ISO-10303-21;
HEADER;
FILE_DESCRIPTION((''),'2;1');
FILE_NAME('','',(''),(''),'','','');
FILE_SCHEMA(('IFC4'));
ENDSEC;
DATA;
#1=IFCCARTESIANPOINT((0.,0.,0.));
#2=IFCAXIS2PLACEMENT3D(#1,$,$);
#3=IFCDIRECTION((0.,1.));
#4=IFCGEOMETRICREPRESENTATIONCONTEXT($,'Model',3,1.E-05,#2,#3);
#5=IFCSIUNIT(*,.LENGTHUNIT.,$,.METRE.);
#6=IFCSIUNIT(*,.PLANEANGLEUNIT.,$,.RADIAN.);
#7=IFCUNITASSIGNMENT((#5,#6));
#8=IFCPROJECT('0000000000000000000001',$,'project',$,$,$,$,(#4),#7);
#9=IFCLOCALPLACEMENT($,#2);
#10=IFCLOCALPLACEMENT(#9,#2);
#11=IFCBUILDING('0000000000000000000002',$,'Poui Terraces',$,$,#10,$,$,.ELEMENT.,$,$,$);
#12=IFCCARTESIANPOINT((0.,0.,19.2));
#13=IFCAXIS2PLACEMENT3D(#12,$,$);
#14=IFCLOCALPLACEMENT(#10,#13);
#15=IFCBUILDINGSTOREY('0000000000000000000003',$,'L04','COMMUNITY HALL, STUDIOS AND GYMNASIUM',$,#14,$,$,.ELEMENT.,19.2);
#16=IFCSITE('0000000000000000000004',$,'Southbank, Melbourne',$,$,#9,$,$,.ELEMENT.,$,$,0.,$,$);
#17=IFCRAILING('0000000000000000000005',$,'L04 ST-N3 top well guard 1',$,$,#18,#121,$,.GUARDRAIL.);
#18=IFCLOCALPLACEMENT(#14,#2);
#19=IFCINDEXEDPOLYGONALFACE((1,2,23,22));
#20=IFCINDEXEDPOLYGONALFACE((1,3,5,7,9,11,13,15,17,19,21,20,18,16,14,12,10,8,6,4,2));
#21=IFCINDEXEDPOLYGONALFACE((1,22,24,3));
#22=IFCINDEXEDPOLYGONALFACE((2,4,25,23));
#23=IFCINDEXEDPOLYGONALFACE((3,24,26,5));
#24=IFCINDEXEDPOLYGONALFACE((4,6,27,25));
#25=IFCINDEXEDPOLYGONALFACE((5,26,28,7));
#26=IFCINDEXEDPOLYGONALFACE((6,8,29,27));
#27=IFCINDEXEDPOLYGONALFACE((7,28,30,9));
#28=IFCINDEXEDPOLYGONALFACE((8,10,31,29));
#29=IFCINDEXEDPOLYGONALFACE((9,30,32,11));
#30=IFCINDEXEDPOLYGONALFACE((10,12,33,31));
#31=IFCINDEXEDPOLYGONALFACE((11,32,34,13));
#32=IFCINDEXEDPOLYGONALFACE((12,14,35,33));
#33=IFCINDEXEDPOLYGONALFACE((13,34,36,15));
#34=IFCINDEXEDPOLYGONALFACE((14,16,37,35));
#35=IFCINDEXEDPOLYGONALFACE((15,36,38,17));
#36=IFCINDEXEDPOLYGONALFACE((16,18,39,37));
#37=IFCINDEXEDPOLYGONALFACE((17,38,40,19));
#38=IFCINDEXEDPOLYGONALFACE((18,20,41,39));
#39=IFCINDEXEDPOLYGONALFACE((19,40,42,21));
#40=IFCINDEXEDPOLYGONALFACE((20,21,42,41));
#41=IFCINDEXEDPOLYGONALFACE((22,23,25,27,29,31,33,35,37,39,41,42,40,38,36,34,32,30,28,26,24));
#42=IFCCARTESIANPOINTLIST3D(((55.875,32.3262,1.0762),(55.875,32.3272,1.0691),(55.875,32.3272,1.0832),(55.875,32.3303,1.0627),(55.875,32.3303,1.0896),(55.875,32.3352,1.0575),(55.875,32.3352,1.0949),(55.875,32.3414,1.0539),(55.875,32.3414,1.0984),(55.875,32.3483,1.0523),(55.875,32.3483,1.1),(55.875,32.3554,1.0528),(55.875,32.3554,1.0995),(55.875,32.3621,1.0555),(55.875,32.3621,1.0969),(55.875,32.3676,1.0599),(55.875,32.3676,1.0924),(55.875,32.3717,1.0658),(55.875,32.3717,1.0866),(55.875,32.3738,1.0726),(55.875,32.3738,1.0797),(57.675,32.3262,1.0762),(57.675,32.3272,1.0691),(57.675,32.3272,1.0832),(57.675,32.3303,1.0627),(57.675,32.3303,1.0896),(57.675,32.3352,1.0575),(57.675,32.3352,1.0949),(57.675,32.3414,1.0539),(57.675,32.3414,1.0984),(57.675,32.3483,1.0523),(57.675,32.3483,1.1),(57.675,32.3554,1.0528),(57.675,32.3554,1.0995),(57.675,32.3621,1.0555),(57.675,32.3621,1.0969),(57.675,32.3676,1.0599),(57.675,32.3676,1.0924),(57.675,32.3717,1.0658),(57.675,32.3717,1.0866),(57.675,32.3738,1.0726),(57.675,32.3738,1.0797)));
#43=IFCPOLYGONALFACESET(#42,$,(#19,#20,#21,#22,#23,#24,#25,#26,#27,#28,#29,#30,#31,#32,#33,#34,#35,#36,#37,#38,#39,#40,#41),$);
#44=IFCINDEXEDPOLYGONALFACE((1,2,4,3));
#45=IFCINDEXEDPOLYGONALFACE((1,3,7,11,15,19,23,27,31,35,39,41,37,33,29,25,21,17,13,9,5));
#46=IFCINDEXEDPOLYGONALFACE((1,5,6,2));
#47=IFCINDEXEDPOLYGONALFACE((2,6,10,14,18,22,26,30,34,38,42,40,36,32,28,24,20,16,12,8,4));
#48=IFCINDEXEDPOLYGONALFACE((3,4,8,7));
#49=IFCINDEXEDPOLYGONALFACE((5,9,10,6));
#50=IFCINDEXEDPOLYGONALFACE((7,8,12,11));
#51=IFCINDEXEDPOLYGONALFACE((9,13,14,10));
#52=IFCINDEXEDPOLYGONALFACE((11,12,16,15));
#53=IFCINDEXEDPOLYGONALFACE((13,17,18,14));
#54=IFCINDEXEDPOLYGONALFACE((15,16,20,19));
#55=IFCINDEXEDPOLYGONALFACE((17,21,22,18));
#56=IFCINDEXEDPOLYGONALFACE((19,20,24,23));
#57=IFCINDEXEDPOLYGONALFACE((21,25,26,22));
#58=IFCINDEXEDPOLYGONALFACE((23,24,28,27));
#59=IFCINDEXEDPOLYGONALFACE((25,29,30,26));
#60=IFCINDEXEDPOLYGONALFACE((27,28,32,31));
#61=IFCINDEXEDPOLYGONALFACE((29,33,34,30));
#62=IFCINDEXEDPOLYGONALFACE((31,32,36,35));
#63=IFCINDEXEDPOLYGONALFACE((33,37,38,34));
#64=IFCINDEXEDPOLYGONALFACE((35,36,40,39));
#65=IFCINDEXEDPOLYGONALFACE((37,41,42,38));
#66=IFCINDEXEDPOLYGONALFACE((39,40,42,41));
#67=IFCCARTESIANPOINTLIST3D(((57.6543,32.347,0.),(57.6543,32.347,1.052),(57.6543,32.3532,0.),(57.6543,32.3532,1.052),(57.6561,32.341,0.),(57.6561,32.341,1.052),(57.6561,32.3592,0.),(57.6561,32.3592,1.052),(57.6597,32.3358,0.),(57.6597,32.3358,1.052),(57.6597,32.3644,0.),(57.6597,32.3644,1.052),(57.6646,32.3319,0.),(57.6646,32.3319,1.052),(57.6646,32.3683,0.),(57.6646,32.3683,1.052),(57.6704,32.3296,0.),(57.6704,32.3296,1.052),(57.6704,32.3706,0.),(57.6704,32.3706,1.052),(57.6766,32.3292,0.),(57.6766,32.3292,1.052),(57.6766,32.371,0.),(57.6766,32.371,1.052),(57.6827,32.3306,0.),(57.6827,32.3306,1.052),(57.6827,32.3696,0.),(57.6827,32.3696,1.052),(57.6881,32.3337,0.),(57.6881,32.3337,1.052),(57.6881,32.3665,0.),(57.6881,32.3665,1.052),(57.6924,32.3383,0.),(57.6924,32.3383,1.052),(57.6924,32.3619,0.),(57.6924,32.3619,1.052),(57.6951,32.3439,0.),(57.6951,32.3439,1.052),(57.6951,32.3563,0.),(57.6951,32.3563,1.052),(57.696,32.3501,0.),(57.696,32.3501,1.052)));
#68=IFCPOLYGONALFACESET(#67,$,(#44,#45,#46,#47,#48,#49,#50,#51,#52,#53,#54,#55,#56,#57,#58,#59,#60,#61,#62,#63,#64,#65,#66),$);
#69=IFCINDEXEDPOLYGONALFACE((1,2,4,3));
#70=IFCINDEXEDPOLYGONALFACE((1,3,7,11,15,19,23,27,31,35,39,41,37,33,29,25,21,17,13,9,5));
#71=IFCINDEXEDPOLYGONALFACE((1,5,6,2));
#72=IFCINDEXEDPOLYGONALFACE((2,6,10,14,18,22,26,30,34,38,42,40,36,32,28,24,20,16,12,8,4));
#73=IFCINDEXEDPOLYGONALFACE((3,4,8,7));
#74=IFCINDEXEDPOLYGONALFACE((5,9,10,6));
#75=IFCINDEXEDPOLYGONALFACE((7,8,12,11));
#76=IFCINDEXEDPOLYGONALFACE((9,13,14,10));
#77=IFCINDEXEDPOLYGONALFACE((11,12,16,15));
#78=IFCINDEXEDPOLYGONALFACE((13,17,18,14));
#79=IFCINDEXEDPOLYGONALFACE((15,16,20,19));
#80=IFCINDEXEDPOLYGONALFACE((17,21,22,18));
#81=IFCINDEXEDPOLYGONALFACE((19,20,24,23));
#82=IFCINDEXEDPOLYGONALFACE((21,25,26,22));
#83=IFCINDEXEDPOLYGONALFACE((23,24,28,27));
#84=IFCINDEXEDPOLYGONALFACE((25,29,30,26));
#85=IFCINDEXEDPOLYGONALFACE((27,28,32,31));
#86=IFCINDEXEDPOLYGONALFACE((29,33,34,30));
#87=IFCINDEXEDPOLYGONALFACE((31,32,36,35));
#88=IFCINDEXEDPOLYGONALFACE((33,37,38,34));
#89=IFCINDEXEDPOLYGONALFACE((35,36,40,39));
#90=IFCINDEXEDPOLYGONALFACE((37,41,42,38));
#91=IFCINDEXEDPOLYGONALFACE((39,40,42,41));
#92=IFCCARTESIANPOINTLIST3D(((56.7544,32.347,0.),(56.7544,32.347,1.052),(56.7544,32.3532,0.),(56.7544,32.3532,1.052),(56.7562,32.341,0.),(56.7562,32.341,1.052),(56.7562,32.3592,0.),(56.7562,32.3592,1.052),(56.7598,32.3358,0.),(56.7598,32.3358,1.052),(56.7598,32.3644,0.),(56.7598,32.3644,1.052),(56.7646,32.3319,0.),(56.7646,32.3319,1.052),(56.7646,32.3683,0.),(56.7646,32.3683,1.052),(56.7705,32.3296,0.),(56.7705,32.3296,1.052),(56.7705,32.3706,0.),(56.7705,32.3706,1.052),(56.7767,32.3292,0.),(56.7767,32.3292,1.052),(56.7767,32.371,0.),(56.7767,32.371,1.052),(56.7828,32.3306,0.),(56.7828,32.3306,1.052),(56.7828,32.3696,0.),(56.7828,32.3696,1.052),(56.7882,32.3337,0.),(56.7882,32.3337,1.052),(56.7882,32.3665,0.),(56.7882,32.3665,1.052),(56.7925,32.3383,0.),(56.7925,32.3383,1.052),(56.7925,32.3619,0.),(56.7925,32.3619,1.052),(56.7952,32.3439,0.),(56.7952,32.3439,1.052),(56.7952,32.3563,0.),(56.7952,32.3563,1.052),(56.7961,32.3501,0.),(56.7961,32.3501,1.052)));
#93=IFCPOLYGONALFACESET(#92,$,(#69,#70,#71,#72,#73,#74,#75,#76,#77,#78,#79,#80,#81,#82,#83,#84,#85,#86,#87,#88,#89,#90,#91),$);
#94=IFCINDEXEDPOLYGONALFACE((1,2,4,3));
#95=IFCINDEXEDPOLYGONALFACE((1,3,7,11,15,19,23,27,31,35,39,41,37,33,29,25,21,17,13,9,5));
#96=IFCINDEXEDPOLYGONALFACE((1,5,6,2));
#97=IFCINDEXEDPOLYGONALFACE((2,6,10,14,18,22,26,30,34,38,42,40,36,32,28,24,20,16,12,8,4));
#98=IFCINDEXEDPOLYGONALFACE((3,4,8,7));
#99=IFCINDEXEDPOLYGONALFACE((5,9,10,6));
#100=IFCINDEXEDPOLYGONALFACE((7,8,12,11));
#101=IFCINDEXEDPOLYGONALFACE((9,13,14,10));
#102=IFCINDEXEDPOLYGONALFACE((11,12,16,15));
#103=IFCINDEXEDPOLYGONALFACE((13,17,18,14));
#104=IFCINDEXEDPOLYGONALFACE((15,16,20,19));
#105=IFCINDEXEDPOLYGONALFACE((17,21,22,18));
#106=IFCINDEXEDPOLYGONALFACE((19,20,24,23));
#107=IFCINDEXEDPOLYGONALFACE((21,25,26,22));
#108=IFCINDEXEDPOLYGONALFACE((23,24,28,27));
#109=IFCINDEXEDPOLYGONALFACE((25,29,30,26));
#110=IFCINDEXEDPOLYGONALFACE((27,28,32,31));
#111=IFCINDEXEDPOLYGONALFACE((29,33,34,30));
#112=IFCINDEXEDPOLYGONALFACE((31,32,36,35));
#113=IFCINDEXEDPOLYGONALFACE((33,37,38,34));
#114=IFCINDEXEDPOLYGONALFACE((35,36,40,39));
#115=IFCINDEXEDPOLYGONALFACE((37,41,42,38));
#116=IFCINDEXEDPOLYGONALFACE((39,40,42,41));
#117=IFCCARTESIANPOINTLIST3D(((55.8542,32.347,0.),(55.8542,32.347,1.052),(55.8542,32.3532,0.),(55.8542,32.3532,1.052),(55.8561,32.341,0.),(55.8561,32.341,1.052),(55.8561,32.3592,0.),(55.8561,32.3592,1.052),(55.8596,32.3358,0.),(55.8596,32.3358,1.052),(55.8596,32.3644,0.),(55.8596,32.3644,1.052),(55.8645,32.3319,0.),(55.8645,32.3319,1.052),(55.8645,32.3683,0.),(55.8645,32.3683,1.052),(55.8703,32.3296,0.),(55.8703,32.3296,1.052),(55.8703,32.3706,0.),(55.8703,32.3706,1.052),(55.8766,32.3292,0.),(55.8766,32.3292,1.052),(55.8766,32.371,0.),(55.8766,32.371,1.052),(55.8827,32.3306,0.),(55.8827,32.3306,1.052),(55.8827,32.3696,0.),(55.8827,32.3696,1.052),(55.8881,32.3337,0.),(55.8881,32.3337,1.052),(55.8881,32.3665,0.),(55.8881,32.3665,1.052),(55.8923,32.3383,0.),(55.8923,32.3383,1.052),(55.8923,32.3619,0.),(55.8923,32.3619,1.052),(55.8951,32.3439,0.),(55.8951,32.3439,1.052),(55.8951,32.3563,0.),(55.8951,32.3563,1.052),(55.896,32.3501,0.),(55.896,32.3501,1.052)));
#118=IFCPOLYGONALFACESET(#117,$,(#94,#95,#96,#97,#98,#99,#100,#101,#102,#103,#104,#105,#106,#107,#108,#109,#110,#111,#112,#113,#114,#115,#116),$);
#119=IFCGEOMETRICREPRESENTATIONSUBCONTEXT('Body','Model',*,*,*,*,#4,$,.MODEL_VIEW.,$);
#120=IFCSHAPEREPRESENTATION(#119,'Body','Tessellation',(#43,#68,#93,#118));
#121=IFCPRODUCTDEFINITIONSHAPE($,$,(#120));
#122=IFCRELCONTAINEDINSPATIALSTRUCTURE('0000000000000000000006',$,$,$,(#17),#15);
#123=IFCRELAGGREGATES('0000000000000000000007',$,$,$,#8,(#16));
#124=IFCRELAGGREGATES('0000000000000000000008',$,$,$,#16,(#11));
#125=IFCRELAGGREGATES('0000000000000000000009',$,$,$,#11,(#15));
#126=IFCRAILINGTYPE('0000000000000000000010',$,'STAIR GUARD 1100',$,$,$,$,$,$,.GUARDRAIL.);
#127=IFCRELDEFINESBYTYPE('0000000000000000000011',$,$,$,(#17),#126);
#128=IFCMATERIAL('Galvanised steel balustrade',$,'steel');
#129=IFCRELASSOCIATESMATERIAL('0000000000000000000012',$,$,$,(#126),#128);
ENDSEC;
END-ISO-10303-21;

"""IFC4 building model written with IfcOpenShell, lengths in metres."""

from ifc_helpers import new_model, si_unit, direction, frame, origin, origin_2d, place, context, subcontext, project, spatial, circle, extrude, material, type_object, element, save


model = new_model("IFC4")

# Units and contexts
model_context = context("Model", 3, precision=1e-05, world=origin(), true_north=direction((0.0, 1.0)))
body_context = subcontext(model_context, "Body", "Model", "MODEL_VIEW")
ifc_project = project(units=[si_unit("LENGTHUNIT", "METRE"), si_unit("PLANEANGLEUNIT", "RADIAN")], contexts=[model_context])

# Site, building, storey
site_placement = place(None, origin())
site = spatial("IfcSite", under=ifc_project, at=site_placement, Name="Southbank, Melbourne", CompositionType="ELEMENT", RefElevation=0.0)
building_placement = place(site_placement, origin())
building = spatial("IfcBuilding", under=site, at=building_placement, Name="Poui Terraces", CompositionType="ELEMENT")
storey_placement = place(building_placement, frame((0.0, 0.0, 19.2)))
storey = spatial("IfcBuildingStorey", under=building, at=storey_placement, Name="L04", Description="COMMUNITY HALL, STUDIOS AND GYMNASIUM", CompositionType="ELEMENT", Elevation=19.2)

# Railing
ifc_material_1 = material(Name="Galvanised steel balustrade", Category="steel")
railing_type = type_object("IfcRailingType", Name="STAIR GUARD 1100", PredefinedType="GUARDRAIL", material=ifc_material_1)
railing_placement = place(storey_placement, frame((57.675, 32.3501, 0.0)))
element("IfcRailing", 1, at=railing_placement, inside=storey, type_object=railing_type, Name="L04 ST-N3 top well guard 1", PredefinedType="GUARDRAIL", context=body_context, shape_type="SweptSolid", body=[
    extrude(circle(Radius=0.0239, at=origin_2d()), frame((0.0, 0.0, 1.0762), z_axis=(-1.0, 0.0, 0.0), x_axis=(0.0, -1.0, 0.0)), (0.0, 0.0, 1.0), 1.8),
    extrude(circle(Radius=0.021, at=origin_2d()), origin(), (0.0, 0.0, 1.0), 1.052),
    extrude(circle(Radius=0.021, at=origin_2d()), frame((-0.8999, 0.0, 0.0)), (0.0, 0.0, 1.0), 1.052),
    extrude(circle(Radius=0.021, at=origin_2d()), frame((-1.8, 0.0, 0.0)), (0.0, 0.0, 1.0), 1.052),
])

save(model, "model.ifc")
